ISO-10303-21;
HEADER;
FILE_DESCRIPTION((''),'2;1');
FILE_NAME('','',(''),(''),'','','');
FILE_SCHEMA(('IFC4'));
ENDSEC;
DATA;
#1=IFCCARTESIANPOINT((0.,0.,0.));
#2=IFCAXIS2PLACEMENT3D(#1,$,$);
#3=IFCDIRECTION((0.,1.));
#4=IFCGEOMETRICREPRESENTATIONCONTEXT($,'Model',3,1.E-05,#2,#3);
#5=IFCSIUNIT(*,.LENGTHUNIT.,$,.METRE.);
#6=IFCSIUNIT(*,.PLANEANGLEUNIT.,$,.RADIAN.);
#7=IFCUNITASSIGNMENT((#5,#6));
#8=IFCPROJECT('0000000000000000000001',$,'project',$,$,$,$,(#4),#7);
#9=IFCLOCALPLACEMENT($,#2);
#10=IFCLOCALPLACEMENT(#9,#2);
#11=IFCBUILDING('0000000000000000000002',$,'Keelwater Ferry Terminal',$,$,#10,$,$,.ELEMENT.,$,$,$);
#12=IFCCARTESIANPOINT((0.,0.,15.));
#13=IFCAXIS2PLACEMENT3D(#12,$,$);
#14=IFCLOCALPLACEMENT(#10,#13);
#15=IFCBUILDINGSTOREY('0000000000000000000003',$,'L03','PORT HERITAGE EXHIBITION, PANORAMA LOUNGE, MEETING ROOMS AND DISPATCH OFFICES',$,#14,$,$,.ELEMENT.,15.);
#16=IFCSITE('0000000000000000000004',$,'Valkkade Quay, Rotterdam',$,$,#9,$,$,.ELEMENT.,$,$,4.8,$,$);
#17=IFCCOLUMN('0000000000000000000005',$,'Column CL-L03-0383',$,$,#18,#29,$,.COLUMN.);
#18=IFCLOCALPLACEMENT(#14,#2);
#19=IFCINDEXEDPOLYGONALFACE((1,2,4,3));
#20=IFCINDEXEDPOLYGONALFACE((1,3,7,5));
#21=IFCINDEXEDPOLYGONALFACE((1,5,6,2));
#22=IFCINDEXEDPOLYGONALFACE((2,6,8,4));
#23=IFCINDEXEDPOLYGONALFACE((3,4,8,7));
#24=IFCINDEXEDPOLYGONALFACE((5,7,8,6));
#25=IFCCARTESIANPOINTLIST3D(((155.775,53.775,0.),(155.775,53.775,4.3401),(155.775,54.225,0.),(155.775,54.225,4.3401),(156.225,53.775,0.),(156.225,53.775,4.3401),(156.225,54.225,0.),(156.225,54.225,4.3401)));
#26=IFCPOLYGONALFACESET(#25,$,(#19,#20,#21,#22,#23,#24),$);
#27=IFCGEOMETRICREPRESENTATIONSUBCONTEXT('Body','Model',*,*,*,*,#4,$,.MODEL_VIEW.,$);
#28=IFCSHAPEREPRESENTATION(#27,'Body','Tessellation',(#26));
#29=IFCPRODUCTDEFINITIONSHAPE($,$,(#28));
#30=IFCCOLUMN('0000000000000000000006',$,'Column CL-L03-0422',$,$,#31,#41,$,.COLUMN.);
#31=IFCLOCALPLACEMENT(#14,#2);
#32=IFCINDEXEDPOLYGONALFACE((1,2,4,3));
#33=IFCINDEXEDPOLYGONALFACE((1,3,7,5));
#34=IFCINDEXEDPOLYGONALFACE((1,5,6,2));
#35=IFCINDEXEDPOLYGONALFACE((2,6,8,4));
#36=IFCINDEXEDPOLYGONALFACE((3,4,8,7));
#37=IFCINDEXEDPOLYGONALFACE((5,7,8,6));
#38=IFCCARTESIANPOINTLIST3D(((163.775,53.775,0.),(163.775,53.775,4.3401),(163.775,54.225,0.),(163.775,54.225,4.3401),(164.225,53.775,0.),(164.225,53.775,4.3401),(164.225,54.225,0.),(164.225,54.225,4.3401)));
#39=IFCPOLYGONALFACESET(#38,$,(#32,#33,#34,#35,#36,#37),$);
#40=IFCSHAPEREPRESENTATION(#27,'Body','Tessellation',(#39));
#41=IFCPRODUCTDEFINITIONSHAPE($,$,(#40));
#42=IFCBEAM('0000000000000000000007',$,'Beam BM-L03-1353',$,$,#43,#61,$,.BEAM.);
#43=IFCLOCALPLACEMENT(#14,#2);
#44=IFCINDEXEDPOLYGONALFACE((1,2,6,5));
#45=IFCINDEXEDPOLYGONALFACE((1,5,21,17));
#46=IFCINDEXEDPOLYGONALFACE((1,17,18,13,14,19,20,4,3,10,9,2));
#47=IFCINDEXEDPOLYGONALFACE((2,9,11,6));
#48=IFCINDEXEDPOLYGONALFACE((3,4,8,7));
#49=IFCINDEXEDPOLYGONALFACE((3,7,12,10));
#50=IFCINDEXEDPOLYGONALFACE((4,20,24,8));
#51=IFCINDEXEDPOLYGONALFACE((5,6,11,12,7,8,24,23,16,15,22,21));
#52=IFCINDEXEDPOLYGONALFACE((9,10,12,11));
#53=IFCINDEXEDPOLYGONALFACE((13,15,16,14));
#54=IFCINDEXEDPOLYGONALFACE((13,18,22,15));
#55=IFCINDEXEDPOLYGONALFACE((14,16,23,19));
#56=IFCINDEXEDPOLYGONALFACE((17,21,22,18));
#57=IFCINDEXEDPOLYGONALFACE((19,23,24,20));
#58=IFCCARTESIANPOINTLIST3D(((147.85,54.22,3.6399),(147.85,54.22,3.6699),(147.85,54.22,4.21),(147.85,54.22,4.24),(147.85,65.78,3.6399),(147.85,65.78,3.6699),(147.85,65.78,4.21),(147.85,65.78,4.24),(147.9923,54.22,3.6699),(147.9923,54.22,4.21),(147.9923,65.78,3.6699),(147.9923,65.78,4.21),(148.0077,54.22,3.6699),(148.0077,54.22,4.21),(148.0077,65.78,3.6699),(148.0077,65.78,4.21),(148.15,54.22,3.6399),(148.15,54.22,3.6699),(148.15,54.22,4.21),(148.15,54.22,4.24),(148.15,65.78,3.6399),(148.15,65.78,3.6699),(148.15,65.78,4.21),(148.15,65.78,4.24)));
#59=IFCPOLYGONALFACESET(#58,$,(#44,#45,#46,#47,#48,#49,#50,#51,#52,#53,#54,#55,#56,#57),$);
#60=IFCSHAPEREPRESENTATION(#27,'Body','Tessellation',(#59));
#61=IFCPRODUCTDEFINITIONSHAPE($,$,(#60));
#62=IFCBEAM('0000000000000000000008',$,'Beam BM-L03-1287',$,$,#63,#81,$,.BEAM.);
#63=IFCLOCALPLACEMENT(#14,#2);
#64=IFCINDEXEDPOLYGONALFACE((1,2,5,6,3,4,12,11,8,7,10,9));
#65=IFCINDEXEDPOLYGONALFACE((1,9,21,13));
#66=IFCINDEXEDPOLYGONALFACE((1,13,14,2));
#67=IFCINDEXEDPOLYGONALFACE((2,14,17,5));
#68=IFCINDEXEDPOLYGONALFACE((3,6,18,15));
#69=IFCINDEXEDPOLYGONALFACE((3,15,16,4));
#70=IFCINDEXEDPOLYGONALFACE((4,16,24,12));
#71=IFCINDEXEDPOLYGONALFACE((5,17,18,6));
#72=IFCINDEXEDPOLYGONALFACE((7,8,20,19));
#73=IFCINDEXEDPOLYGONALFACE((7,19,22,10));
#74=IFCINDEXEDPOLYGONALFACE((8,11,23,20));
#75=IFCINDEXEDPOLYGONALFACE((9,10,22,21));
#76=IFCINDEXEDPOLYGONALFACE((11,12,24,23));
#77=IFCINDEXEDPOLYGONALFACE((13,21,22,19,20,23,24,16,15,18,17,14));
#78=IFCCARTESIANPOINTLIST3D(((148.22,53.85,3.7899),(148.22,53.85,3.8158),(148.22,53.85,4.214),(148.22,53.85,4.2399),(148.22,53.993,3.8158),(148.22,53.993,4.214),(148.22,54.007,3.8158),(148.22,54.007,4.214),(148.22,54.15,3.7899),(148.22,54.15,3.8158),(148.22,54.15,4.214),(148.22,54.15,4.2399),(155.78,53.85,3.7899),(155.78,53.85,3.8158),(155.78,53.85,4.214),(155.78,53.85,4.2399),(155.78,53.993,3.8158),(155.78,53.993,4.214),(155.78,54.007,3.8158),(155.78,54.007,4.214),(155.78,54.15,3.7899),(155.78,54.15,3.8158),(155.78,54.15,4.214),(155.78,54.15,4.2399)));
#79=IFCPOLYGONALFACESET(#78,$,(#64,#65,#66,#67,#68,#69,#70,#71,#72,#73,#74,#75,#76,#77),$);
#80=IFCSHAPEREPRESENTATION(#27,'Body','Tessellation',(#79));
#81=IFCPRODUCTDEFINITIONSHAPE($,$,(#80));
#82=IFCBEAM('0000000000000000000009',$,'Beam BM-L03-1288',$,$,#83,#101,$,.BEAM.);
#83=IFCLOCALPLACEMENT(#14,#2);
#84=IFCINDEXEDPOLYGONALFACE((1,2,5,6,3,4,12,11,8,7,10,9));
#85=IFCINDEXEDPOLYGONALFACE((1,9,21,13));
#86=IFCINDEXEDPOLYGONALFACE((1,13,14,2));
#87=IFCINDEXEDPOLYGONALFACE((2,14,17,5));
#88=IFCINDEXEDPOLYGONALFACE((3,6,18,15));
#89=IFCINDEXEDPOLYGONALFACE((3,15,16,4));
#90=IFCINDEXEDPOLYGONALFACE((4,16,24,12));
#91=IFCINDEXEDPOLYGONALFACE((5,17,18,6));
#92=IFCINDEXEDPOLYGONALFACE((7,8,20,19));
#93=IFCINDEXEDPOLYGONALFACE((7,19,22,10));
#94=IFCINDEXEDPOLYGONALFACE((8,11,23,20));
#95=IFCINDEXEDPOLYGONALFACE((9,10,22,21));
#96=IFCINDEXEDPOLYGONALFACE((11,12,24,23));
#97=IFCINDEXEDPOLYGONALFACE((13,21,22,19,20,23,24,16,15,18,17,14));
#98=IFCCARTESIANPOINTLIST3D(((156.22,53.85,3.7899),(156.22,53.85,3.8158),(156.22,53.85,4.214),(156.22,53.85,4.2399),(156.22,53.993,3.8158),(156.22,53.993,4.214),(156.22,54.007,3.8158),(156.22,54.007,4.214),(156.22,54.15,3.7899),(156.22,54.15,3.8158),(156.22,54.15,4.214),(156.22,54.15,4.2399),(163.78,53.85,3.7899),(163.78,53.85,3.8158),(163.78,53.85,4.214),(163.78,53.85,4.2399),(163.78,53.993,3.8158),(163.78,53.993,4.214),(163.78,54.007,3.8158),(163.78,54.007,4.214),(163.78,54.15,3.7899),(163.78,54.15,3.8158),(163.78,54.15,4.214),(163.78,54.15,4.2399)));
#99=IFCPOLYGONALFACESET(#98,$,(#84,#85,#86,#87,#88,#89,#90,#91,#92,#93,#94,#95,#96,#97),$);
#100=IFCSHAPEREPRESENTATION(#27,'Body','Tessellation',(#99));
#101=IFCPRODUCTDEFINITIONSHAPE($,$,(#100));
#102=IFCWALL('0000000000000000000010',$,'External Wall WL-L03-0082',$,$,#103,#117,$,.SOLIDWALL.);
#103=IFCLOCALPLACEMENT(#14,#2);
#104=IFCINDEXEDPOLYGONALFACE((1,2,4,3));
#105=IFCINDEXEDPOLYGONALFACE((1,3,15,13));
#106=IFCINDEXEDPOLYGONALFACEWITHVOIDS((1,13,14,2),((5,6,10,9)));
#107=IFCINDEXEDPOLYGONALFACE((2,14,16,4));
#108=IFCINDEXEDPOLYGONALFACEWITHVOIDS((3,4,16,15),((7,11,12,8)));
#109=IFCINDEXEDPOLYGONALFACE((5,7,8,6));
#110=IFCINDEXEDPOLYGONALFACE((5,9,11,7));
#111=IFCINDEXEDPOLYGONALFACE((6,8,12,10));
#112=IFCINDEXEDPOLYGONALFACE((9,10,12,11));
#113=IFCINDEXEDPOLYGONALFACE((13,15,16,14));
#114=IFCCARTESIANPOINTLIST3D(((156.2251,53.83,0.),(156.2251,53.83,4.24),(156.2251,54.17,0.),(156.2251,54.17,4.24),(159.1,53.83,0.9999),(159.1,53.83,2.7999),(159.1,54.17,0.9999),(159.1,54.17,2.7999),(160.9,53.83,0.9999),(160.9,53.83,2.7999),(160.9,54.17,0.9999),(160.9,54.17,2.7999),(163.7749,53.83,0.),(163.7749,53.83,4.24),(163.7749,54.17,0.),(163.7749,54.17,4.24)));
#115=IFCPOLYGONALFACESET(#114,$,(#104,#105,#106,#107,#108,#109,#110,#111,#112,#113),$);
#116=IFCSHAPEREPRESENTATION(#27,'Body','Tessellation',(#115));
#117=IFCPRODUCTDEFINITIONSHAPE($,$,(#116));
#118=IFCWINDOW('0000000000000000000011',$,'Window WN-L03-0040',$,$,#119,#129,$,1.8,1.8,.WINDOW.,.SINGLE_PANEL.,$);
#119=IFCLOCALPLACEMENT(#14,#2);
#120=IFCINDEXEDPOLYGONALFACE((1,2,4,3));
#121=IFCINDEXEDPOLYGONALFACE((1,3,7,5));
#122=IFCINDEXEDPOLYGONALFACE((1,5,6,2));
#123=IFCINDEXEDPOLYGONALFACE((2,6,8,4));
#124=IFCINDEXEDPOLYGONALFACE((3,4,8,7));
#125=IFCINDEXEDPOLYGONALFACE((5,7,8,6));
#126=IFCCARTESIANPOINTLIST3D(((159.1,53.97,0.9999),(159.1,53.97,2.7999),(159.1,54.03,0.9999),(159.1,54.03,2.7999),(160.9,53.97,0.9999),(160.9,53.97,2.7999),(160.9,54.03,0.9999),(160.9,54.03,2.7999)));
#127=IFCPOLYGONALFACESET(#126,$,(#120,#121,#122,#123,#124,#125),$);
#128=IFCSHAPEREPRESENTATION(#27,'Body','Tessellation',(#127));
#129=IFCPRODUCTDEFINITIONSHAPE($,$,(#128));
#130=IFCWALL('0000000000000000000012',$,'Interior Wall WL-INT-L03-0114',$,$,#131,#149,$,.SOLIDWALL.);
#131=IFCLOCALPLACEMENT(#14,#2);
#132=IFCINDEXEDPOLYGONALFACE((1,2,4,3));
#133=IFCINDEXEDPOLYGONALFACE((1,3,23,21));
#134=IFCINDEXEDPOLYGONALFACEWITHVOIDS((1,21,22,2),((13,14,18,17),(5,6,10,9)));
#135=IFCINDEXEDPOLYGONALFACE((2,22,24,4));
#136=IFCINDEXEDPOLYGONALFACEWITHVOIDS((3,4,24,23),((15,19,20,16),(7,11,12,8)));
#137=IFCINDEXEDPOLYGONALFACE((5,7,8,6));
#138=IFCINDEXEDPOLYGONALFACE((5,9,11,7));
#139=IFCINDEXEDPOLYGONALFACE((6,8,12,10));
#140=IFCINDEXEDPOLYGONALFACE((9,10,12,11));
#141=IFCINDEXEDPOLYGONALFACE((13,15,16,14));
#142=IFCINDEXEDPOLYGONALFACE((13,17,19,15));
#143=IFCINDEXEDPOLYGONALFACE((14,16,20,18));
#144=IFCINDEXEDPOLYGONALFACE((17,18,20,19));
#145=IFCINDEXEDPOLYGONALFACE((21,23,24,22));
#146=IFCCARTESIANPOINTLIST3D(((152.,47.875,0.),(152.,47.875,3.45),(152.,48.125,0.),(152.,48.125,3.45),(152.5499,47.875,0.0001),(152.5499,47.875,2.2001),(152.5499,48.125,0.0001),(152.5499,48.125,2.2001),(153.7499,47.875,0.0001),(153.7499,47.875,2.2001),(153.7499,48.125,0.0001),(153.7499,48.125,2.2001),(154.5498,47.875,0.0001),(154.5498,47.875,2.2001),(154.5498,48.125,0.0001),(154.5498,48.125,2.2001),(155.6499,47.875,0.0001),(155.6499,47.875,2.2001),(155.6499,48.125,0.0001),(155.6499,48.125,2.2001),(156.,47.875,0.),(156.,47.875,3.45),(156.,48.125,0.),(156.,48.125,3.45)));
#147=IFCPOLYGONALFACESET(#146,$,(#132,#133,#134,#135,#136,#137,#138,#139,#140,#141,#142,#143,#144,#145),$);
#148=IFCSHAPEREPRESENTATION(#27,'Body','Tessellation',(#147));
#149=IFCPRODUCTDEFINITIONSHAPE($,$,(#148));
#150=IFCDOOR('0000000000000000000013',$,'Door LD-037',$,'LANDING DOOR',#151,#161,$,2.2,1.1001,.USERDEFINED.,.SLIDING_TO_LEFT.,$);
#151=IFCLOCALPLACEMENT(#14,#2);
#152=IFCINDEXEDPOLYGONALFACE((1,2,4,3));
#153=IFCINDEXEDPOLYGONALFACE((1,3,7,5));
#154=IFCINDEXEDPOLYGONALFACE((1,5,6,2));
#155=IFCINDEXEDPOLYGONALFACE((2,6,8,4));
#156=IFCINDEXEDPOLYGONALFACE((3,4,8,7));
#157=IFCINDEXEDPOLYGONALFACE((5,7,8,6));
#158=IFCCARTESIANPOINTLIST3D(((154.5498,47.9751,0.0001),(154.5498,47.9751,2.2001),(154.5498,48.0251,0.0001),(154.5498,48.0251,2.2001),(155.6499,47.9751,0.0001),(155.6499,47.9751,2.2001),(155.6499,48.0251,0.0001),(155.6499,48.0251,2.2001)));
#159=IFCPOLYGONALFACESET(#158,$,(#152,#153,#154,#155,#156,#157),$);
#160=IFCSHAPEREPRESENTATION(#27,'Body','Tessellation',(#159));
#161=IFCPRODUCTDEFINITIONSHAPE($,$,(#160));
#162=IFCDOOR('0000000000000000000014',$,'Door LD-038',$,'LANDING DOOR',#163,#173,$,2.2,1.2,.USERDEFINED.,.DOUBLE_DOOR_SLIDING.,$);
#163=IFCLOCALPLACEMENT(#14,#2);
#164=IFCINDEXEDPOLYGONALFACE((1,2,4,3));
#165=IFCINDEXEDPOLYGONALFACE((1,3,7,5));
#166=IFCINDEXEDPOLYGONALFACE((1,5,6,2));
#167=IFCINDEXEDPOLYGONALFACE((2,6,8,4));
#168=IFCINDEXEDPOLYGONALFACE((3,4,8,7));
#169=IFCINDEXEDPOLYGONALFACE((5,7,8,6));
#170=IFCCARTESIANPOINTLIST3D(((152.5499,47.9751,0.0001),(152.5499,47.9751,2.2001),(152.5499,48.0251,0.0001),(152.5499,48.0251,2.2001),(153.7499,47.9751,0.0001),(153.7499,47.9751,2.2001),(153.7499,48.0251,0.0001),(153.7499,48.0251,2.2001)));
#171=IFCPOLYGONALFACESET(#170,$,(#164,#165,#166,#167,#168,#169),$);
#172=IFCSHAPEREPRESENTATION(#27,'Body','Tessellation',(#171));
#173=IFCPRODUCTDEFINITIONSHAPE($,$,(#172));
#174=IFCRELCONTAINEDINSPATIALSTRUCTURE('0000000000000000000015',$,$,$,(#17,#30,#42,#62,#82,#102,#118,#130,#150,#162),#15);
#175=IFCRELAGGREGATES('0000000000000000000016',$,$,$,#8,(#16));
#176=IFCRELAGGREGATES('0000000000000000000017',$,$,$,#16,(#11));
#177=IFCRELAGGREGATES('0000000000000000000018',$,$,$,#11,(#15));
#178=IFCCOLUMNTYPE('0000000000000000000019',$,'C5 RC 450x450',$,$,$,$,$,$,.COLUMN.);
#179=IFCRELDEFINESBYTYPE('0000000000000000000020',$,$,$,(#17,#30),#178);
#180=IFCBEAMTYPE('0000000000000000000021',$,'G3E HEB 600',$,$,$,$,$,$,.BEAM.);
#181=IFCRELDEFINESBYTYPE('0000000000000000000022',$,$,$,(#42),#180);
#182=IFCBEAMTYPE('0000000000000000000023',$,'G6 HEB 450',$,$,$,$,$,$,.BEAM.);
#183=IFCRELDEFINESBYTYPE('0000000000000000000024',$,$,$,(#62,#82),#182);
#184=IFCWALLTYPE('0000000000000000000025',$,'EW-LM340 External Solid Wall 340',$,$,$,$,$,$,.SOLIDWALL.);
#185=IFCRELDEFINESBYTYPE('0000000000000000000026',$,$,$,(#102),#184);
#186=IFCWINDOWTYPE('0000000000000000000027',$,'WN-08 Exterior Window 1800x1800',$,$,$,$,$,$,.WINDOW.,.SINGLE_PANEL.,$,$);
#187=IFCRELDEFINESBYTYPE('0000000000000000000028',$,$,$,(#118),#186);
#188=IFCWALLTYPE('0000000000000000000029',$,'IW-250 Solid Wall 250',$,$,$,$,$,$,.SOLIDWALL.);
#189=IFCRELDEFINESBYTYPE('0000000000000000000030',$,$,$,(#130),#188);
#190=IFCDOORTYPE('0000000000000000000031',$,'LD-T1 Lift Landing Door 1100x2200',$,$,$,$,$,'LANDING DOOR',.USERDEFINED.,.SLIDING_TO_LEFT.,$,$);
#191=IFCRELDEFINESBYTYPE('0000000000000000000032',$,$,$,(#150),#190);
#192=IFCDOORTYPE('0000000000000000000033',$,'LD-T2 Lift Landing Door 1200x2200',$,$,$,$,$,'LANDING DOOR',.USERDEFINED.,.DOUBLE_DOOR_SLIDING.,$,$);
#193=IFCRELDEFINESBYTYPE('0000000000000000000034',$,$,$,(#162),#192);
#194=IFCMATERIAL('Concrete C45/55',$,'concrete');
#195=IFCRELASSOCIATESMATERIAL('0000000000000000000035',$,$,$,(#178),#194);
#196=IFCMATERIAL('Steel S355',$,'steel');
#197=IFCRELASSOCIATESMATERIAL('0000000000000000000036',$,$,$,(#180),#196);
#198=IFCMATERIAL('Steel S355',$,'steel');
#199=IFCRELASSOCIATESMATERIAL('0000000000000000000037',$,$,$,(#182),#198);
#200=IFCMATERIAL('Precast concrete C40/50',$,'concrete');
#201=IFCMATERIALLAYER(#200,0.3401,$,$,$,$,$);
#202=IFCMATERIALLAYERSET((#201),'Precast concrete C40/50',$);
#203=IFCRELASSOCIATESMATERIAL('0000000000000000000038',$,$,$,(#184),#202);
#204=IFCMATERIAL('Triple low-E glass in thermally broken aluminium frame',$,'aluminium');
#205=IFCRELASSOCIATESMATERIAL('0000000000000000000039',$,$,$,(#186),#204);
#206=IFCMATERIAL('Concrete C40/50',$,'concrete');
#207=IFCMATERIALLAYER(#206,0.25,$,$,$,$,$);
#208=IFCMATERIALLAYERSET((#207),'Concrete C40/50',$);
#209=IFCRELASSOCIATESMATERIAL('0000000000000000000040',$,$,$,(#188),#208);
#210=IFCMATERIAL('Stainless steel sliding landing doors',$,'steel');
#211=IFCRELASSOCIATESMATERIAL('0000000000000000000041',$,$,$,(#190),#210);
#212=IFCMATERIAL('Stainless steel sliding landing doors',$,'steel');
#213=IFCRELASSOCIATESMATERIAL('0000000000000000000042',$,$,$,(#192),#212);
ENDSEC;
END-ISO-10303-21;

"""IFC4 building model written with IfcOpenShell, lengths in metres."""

from ifc_helpers import new_model, si_unit, direction, frame, frame_2d, origin, origin_2d, place, context, subcontext, project, spatial, rectangle, i_section, extrude, material, layer, layer_set, material_profile, profile_set, type_object, element, fill, save


model = new_model("IFC4")

# Units and contexts
model_context = context("Model", 3, precision=1e-05, world=origin(), true_north=direction((0.0, 1.0)))
body_context = subcontext(model_context, "Body", "Model", "MODEL_VIEW")
ifc_project = project(units=[si_unit("LENGTHUNIT", "METRE"), si_unit("PLANEANGLEUNIT", "RADIAN")], contexts=[model_context])

# Site, building, storey
site_placement = place(None, origin())
site = spatial("IfcSite", under=ifc_project, at=site_placement, Name="Valkkade Quay, Rotterdam", CompositionType="ELEMENT", RefElevation=4.8)
building_placement = place(site_placement, origin())
building = spatial("IfcBuilding", under=site, at=building_placement, Name="Keelwater Ferry Terminal", CompositionType="ELEMENT")
storey_placement = place(building_placement, frame((0.0, 0.0, 15.0)))
storey = spatial("IfcBuildingStorey", under=building, at=storey_placement, Name="L03", Description="PORT HERITAGE EXHIBITION, PANORAMA LOUNGE, MEETING ROOMS AND DISPATCH OFFICES", CompositionType="ELEMENT", Elevation=15.0)

# Columns
ifc_material_1 = material(Name="Concrete C45/55", Category="concrete")
ifc_material_profile_1 = material_profile(ifc_material_1, rectangle(XDim=0.45, YDim=0.45, at=origin_2d()), Name="RC 450x450")
ifc_profile_set_1 = profile_set([ifc_material_profile_1], Name="Concrete C45/55")
column_type = type_object("IfcColumnType", Name="C5 RC 450x450", PredefinedType="COLUMN", material=ifc_profile_set_1)
for number, where, z_axis, x_axis, name in (
    (1, (156.0, 54.0, 0.0), (0.0, 0.0, 1.0), (1.0, 0.0, 0.0), "Column CL-L03-0383"),
    (2, (164.0, 54.0, 0.0), (0.0, 0.0, 1.0), (1.0, 0.0, 0.0), "Column CL-L03-0422"),
):
    element("IfcColumn", number, at=place(storey_placement, frame(where, z_axis=z_axis, x_axis=x_axis)), inside=storey, type_object=column_type, Name=name, PredefinedType="COLUMN", context=body_context, shape_type="SweptSolid", body=[
        extrude(rectangle(XDim=0.45, YDim=0.45, at=origin_2d()), origin(), (0.0, 0.0, 1.0), 4.3401),
    ])

# Beams
ifc_material_2 = material(Name="Steel S355", Category="steel")
ifc_material_profile_2 = material_profile(ifc_material_2, i_section(OverallWidth=0.3, OverallDepth=0.6001, WebThickness=0.0154, FlangeThickness=0.03, at=origin_2d()), Name="HEB 600")
ifc_profile_set_2 = profile_set([ifc_material_profile_2], Name="Steel S355")
beam_type_1 = type_object("IfcBeamType", Name="G3E HEB 600", PredefinedType="BEAM", material=ifc_profile_set_2)
beam_placement = place(storey_placement, frame((148.0, 54.22, 3.9399), z_axis=(0.0, 1.0, 0.0), x_axis=(-1.0, 0.0, 0.0)))
element("IfcBeam", 3, at=beam_placement, inside=storey, type_object=beam_type_1, Name="Beam BM-L03-1353", PredefinedType="BEAM", context=body_context, shape_type="SweptSolid", body=[
    extrude(i_section(OverallWidth=0.3, OverallDepth=0.6001, WebThickness=0.0154, FlangeThickness=0.03, at=origin_2d()), origin(), (0.0, 0.0, 1.0), 11.5601),
])
ifc_material_3 = material(Name="Steel S355", Category="steel")
ifc_material_profile_3 = material_profile(ifc_material_3, i_section(OverallWidth=0.3, OverallDepth=0.45, WebThickness=0.0139, FlangeThickness=0.0259, at=origin_2d()), Name="HEB 450")
ifc_profile_set_3 = profile_set([ifc_material_profile_3], Name="Steel S355")
beam_type_2 = type_object("IfcBeamType", Name="G6 HEB 450", PredefinedType="BEAM", material=ifc_profile_set_3)
for number, where, z_axis, x_axis, name in (
    (4, (148.22, 54.0, 4.0149), (1.0, 0.0, 0.0), (0.0, 1.0, 0.0), "Beam BM-L03-1287"),
    (5, (156.22, 54.0, 4.0149), (1.0, 0.0, 0.0), (0.0, 1.0, 0.0), "Beam BM-L03-1288"),
):
    element("IfcBeam", number, at=place(storey_placement, frame(where, z_axis=z_axis, x_axis=x_axis)), inside=storey, type_object=beam_type_2, Name=name, PredefinedType="BEAM", context=body_context, shape_type="SweptSolid", body=[
        extrude(i_section(OverallWidth=0.3, OverallDepth=0.45, WebThickness=0.0139, FlangeThickness=0.0259, at=origin_2d()), origin(), (0.0, 0.0, 1.0), 7.5601),
    ])

# Wall, opening, window
ifc_material_4 = material(Name="Precast concrete C40/50", Category="concrete")
ifc_layer_1 = layer(ifc_material_4, 0.3401)
ifc_layer_set_1 = layer_set([ifc_layer_1], Name="Precast concrete C40/50")
wall_type_1 = type_object("IfcWallType", Name="EW-LM340 External Solid Wall 340", PredefinedType="SOLIDWALL", material=ifc_layer_set_1)
wall_1_placement = place(storey_placement, frame((163.7749, 54.0, 0.0), z_axis=(0.0, 0.0, 1.0), x_axis=(-1.0, 0.0, 0.0)))
wall_1 = element("IfcWall", 6, at=wall_1_placement, inside=storey, type_object=wall_type_1, Name="External Wall WL-L03-0082", PredefinedType="SOLIDWALL", context=body_context, shape_type="SweptSolid", body=[
    extrude(rectangle(XDim=7.5498, YDim=0.3401, at=frame_2d((3.7749, 0.0))), origin(), (0.0, 0.0, 1.0), 4.24),
])
opening_1_placement = place(wall_1_placement, frame((2.875, 0.0, 1.0)))
opening_1 = element("IfcOpeningElement", 7, at=opening_1_placement, cuts=wall_1, PredefinedType="OPENING", context=body_context, shape_type="SweptSolid", body=[
    extrude(rectangle(XDim=1.8, YDim=1.8, at=frame_2d((0.8999, 0.8999))), frame((0.0, 0.1799, 0.0), z_axis=(0.0, -1.0, 0.0), x_axis=(1.0, 0.0, 0.0)), (0.0, 0.0, 1.0), 0.3601),
])
ifc_material_5 = material(Name="Triple low-E glass in thermally broken aluminium frame", Category="aluminium")
window_type = type_object("IfcWindowType", Name="WN-08 Exterior Window 1800x1800", PartitioningType="SINGLE_PANEL", PredefinedType="WINDOW", material=ifc_material_5)
window_placement = place(opening_1_placement, origin())
window = element("IfcWindow", 8, at=window_placement, inside=storey, type_object=window_type, Name="Window WN-L03-0040", OverallHeight=1.8, OverallWidth=1.8, PartitioningType="SINGLE_PANEL", PredefinedType="WINDOW", context=body_context, shape_type="SweptSolid", body=[
    extrude(rectangle(XDim=1.8, YDim=1.8, at=frame_2d((0.8999, 0.8999))), frame((0.0, 0.03, 0.0), z_axis=(0.0, -1.0, 0.0), x_axis=(1.0, 0.0, 0.0)), (0.0, 0.0, 1.0), 0.0601),
])
fill(opening_1, window)

# Wall, openings, doors
ifc_material_6 = material(Name="Concrete C40/50", Category="concrete")
ifc_layer_2 = layer(ifc_material_6, 0.25)
ifc_layer_set_2 = layer_set([ifc_layer_2], Name="Concrete C40/50")
wall_type_2 = type_object("IfcWallType", Name="IW-250 Solid Wall 250", PredefinedType="SOLIDWALL", material=ifc_layer_set_2)
wall_2_placement = place(storey_placement, frame((156.0, 48.0, 0.0), z_axis=(0.0, 0.0, 1.0), x_axis=(-1.0, 0.0, 0.0)))
wall_2 = element("IfcWall", 9, at=wall_2_placement, inside=storey, type_object=wall_type_2, Name="Interior Wall WL-INT-L03-0114", PredefinedType="SOLIDWALL", context=body_context, shape_type="SweptSolid", body=[
    extrude(rectangle(XDim=4.0, YDim=0.25, at=frame_2d((2.0, 0.0))), origin(), (0.0, 0.0, 1.0), 3.45),
])
opening_2_placement = place(wall_2_placement, frame((0.3501, 0.0, 0.0)))
opening_2 = element("IfcOpeningElement", 10, at=opening_2_placement, cuts=wall_2, PredefinedType="OPENING", context=body_context, shape_type="SweptSolid", body=[
    extrude(rectangle(XDim=1.1001, YDim=2.2, at=frame_2d((0.55, 1.1001))), frame((0.0, 0.135, 0.0), z_axis=(0.0, -1.0, 0.0), x_axis=(1.0, 0.0, 0.0)), (0.0, 0.0, 1.0), 0.27),
])
opening_3_placement = place(wall_2_placement, frame((2.25, 0.0, 0.0)))
opening_3 = element("IfcOpeningElement", 11, at=opening_3_placement, cuts=wall_2, PredefinedType="OPENING", context=body_context, shape_type="SweptSolid", body=[
    extrude(rectangle(XDim=1.2, YDim=2.2, at=frame_2d((0.6001, 1.1001))), frame((0.0, 0.135, 0.0), z_axis=(0.0, -1.0, 0.0), x_axis=(1.0, 0.0, 0.0)), (0.0, 0.0, 1.0), 0.27),
])
ifc_material_7 = material(Name="Stainless steel sliding landing doors", Category="steel")
door_type_1 = type_object("IfcDoorType", Name="LD-T1 Lift Landing Door 1100x2200", ElementType="LANDING DOOR", OperationType="SLIDING_TO_LEFT", PredefinedType="USERDEFINED", material=ifc_material_7)
door_1_placement = place(opening_2_placement, origin())
door_1 = element("IfcDoor", 12, at=door_1_placement, inside=storey, type_object=door_type_1, Name="Door LD-037", ObjectType="LANDING DOOR", OperationType="SLIDING_TO_LEFT", OverallHeight=2.2, OverallWidth=1.1001, PredefinedType="USERDEFINED", context=body_context, shape_type="SweptSolid", body=[
    extrude(rectangle(XDim=1.1001, YDim=2.2, at=frame_2d((0.55, 1.1001))), frame((0.0, 0.0249, 0.0), z_axis=(0.0, -1.0, 0.0), x_axis=(1.0, 0.0, 0.0)), (0.0, 0.0, 1.0), 0.05),
])
fill(opening_2, door_1)
ifc_material_8 = material(Name="Stainless steel sliding landing doors", Category="steel")
door_type_2 = type_object("IfcDoorType", Name="LD-T2 Lift Landing Door 1200x2200", ElementType="LANDING DOOR", OperationType="DOUBLE_DOOR_SLIDING", PredefinedType="USERDEFINED", material=ifc_material_8)
door_2_placement = place(opening_3_placement, origin())
door_2 = element("IfcDoor", 13, at=door_2_placement, inside=storey, type_object=door_type_2, Name="Door LD-038", ObjectType="LANDING DOOR", OperationType="DOUBLE_DOOR_SLIDING", OverallHeight=2.2, OverallWidth=1.2, PredefinedType="USERDEFINED", context=body_context, shape_type="SweptSolid", body=[
    extrude(rectangle(XDim=1.2, YDim=2.2, at=frame_2d((0.6001, 1.1001))), frame((0.0, 0.0249, 0.0), z_axis=(0.0, -1.0, 0.0), x_axis=(1.0, 0.0, 0.0)), (0.0, 0.0, 1.0), 0.05),
])
fill(opening_3, door_2)

save(model, "model.ifc")
